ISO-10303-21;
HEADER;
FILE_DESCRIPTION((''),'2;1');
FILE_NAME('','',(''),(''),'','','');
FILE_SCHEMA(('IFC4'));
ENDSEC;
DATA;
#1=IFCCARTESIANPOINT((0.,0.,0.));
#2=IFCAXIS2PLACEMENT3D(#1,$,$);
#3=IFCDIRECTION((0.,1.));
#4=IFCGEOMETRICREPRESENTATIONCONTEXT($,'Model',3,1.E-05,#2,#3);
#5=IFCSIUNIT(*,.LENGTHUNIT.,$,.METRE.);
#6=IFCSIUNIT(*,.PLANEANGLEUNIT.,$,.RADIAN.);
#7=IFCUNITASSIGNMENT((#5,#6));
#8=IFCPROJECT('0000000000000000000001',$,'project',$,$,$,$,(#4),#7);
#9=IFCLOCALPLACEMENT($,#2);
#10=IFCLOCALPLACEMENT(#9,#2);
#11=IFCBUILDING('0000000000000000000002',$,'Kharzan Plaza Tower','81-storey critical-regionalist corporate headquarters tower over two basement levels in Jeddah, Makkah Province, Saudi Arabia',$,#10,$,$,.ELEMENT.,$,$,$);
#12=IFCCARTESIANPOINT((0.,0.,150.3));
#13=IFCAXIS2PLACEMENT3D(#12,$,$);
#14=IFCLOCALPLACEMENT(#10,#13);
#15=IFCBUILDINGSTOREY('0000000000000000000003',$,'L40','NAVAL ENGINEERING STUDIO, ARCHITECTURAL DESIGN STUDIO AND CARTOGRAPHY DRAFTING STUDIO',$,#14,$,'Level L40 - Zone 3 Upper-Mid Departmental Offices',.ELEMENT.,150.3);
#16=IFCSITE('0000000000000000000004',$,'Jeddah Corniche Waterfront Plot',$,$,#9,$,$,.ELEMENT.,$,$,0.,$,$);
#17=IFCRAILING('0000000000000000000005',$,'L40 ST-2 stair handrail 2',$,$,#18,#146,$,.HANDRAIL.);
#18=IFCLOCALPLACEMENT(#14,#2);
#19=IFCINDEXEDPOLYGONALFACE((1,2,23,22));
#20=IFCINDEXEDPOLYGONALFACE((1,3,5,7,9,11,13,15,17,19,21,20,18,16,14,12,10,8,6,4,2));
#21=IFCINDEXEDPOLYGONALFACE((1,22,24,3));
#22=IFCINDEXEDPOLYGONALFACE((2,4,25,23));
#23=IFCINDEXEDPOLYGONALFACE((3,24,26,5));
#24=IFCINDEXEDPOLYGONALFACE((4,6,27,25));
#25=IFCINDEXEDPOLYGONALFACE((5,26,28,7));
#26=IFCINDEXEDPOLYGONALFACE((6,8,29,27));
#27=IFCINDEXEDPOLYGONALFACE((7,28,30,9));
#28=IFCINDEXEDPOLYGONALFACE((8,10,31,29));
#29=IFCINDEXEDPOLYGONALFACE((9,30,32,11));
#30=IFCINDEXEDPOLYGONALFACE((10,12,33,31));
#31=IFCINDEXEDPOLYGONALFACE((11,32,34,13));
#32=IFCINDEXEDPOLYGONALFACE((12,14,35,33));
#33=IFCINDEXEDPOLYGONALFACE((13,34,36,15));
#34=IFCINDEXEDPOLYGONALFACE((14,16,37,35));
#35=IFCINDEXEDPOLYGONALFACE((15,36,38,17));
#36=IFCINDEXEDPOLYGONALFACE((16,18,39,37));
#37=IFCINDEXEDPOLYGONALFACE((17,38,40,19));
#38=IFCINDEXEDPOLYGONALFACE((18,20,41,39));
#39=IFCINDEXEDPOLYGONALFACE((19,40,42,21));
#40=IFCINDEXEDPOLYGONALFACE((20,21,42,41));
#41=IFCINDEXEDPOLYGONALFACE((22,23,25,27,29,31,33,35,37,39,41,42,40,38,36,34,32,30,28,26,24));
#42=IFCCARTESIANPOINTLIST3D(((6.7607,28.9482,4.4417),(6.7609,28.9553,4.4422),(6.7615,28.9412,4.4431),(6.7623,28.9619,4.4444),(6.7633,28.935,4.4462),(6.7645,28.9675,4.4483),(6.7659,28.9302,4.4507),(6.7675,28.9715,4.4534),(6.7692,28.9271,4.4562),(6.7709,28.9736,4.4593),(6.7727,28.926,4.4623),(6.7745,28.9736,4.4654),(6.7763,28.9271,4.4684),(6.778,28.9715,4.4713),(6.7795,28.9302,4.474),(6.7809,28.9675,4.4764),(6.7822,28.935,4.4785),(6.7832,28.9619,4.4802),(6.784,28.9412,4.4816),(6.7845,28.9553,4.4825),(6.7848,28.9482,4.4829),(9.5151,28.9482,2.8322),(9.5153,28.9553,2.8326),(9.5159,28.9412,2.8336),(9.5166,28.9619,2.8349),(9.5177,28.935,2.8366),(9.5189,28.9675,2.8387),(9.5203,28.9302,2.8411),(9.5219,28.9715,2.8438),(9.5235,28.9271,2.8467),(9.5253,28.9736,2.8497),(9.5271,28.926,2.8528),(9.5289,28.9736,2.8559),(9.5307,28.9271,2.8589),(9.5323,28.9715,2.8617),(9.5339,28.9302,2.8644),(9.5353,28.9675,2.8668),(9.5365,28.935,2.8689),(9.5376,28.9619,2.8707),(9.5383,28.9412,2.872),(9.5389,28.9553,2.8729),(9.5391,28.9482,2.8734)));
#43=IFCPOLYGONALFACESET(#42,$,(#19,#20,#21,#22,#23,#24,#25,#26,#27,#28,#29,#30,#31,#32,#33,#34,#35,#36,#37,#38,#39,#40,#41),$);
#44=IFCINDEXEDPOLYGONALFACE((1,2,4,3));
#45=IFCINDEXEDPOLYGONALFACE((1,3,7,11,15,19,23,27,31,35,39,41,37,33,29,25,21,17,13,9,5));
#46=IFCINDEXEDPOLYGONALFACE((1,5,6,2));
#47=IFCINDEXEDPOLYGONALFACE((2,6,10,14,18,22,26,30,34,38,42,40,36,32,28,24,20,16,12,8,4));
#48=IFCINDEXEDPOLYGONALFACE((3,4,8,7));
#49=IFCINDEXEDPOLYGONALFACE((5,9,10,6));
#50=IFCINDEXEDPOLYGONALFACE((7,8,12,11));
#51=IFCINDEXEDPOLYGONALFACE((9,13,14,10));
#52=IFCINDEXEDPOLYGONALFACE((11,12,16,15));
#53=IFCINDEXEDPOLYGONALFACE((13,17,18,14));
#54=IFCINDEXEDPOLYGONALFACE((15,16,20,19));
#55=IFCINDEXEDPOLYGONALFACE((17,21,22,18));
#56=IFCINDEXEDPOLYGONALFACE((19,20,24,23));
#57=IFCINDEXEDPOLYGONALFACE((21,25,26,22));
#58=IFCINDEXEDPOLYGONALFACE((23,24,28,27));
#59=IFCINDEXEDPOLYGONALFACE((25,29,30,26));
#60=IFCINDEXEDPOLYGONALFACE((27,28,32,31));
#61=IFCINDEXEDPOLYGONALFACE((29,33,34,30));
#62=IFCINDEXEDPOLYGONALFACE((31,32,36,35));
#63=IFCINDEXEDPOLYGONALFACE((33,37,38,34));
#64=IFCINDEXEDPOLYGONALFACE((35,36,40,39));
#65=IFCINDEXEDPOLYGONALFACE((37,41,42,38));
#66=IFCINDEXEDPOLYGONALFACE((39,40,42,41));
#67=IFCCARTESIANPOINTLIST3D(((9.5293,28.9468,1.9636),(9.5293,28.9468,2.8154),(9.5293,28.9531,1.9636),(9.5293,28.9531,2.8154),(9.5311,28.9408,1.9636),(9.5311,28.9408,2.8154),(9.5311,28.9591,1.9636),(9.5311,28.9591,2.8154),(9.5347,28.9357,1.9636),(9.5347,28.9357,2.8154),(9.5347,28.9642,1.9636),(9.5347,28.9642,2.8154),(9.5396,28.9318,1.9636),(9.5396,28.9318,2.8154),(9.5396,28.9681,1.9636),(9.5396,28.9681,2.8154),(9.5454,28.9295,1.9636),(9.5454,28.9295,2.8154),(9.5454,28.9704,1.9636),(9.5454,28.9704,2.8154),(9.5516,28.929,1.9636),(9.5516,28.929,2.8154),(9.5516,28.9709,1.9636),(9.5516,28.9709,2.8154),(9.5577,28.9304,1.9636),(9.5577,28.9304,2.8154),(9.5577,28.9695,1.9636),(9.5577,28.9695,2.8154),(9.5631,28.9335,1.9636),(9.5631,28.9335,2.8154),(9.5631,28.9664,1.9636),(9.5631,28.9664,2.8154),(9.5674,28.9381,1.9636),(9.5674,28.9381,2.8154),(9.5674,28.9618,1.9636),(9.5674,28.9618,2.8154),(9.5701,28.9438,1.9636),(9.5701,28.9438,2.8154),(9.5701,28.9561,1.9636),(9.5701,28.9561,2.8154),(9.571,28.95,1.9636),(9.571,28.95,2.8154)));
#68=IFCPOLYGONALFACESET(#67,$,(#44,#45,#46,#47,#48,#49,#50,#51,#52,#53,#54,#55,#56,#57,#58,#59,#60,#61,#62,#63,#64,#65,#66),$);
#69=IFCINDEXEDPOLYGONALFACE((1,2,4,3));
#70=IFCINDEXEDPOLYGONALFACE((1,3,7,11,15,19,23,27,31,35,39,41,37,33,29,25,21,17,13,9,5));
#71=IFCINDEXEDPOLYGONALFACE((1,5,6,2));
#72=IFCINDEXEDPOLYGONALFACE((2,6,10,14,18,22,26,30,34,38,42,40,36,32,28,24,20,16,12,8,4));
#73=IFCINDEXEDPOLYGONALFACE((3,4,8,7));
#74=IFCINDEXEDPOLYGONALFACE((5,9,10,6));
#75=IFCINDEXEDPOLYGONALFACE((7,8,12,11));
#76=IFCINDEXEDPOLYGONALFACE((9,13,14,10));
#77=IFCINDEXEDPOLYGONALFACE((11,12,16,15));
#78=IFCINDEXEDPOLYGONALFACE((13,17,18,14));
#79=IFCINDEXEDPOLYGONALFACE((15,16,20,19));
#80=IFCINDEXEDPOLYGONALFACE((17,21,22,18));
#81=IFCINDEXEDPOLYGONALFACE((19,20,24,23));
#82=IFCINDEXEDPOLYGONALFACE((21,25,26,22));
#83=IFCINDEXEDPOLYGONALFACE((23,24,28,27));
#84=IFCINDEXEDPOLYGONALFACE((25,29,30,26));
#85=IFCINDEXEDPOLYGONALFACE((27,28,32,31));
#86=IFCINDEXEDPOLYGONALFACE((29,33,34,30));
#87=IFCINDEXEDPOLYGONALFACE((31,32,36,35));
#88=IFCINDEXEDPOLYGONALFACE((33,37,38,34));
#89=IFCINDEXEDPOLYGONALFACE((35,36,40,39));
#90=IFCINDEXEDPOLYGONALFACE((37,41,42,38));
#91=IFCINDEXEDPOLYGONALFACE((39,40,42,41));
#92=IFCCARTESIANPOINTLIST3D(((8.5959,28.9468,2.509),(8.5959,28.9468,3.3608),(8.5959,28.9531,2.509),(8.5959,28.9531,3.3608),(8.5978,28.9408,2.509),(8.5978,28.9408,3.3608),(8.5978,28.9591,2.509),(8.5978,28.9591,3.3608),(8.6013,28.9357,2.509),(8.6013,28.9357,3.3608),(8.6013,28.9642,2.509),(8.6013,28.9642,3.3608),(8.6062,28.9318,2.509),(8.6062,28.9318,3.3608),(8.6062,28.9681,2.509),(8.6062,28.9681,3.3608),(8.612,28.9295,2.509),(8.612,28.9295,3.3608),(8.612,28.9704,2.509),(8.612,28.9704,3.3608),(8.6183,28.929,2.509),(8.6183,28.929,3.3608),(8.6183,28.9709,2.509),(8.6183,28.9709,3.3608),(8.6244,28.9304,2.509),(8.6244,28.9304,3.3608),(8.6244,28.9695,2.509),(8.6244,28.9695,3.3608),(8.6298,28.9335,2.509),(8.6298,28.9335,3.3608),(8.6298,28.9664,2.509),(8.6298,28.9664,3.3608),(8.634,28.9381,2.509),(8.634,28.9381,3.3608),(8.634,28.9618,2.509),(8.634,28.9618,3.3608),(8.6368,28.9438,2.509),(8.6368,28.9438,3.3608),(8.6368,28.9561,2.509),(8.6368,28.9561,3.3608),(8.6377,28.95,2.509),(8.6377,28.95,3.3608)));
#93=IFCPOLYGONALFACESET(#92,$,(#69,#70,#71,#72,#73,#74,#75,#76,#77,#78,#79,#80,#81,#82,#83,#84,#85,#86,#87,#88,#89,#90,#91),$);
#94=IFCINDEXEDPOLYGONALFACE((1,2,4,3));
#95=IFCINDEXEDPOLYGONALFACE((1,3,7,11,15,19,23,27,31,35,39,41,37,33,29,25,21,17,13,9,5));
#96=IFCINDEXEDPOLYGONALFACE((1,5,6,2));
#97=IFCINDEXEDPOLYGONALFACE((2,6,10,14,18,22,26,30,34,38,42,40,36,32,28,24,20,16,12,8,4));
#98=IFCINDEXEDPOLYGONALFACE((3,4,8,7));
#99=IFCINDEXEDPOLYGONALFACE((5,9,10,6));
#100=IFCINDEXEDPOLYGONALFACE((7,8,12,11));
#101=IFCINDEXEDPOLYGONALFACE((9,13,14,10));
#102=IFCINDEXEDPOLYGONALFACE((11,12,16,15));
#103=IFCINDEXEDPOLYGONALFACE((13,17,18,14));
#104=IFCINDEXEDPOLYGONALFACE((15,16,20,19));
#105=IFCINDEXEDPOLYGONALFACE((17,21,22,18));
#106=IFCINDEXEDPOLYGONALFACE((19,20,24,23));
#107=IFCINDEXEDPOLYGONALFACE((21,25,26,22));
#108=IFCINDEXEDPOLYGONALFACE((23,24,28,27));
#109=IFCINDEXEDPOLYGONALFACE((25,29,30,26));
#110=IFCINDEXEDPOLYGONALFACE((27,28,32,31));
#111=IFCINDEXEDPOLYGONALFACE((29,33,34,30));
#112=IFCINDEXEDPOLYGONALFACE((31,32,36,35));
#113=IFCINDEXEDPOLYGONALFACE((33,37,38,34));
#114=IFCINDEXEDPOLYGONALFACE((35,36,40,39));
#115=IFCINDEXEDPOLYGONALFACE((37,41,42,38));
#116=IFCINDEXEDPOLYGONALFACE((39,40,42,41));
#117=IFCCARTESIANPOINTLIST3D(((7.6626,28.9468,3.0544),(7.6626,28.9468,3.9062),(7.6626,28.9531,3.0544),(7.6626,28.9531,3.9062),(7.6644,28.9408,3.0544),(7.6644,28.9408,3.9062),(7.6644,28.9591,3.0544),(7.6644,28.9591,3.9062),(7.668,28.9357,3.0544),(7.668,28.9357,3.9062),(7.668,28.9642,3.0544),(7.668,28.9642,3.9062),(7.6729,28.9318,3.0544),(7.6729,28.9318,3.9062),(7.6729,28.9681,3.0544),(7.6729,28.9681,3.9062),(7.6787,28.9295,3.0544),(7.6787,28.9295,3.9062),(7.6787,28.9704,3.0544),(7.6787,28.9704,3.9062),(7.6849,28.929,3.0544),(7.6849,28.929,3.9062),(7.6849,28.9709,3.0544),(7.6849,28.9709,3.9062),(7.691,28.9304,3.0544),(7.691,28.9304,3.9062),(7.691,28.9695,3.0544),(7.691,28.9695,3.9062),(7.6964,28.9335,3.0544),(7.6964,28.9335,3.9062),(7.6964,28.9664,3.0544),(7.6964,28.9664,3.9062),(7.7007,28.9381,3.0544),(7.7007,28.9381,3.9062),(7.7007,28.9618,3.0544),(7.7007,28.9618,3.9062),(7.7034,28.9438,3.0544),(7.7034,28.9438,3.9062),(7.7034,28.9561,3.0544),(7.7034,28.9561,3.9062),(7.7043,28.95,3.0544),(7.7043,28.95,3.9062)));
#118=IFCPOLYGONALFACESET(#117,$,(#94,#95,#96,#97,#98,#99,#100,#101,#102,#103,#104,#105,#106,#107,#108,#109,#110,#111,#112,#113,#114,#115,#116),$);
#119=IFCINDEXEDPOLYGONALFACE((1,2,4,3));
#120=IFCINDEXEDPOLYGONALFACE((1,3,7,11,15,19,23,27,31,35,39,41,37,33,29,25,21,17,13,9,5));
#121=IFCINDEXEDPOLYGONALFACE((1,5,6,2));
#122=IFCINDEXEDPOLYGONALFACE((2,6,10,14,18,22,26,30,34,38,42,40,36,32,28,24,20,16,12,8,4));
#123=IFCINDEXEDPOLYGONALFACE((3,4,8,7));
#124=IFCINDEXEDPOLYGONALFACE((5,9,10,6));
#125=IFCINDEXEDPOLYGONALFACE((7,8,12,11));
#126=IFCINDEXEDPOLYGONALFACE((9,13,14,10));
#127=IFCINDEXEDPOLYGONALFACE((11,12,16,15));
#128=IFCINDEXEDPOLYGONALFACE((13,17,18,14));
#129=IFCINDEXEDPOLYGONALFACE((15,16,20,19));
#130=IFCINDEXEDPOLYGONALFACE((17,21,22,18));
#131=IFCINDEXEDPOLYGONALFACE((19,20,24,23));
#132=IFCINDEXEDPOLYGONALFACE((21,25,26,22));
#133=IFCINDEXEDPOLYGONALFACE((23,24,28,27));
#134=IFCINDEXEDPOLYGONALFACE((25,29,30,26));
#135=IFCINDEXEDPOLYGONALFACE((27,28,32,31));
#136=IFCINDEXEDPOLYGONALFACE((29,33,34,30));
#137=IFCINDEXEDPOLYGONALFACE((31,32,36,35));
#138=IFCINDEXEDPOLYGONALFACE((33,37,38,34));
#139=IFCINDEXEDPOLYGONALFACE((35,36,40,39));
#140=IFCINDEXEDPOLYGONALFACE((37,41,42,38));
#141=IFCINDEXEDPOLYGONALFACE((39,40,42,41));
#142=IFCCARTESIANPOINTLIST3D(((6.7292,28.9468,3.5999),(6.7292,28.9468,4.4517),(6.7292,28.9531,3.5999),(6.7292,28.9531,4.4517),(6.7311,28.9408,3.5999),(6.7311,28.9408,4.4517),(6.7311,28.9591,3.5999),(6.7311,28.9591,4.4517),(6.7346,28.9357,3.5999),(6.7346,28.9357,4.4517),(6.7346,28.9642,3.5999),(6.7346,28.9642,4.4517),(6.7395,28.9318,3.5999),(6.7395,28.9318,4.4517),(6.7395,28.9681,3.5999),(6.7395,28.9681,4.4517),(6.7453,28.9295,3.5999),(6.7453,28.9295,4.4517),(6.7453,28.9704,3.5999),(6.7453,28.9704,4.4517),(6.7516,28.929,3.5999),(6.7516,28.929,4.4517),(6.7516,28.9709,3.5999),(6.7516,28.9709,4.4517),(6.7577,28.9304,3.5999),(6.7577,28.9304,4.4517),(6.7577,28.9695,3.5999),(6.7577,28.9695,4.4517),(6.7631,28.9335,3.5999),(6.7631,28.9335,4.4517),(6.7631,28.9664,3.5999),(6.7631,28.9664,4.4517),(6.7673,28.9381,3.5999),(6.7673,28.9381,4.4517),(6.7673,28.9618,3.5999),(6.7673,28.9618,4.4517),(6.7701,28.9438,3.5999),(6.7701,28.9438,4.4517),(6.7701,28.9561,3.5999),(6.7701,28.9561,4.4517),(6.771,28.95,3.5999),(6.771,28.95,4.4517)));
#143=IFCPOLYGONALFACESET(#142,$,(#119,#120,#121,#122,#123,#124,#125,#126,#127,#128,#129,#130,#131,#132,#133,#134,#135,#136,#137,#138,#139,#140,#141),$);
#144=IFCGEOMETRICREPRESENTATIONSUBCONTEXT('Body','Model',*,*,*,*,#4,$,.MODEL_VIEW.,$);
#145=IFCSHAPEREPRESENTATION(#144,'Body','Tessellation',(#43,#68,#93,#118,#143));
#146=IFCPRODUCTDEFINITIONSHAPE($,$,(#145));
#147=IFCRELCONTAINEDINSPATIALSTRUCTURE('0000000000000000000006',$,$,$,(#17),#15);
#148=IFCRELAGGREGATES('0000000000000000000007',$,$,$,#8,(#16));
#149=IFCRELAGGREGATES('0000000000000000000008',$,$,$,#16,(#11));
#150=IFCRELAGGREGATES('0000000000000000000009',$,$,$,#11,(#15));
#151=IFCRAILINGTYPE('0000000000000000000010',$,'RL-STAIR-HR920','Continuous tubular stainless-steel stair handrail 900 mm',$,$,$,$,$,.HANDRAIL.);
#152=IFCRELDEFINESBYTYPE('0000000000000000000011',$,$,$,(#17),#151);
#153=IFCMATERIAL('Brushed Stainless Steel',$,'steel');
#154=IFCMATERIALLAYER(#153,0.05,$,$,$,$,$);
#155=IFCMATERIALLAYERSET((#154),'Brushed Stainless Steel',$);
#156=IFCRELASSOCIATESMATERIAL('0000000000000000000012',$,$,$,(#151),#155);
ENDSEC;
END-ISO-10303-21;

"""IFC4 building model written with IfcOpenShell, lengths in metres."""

from ifc_helpers import new_model, si_unit, direction, frame, origin, origin_2d, place, context, subcontext, project, spatial, circle, extrude, source, transform, mapped, material, layer, layer_set, type_object, element, save


model = new_model("IFC4")

# Units and contexts
model_context = context("Model", 3, precision=1e-05, world=origin(), true_north=direction((0.0, 1.0)))
body_context = subcontext(model_context, "Body", "Model", "MODEL_VIEW")
ifc_project = project(units=[si_unit("LENGTHUNIT", "METRE"), si_unit("PLANEANGLEUNIT", "RADIAN")], contexts=[model_context])

# Site, building, storey
site_placement = place(None, origin())
site = spatial("IfcSite", under=ifc_project, at=site_placement, Name="Jeddah Corniche Waterfront Plot", CompositionType="ELEMENT", RefElevation=0.0)
building_placement = place(site_placement, origin())
building = spatial("IfcBuilding", under=site, at=building_placement, Name="Kharzan Plaza Tower", Description="81-storey critical-regionalist corporate headquarters tower over two basement levels in Jeddah, Makkah Province, Saudi Arabia", CompositionType="ELEMENT")
storey_placement = place(building_placement, frame((0.0, 0.0, 150.3)))
storey = spatial("IfcBuildingStorey", under=building, at=storey_placement, Name="L40", Description="NAVAL ENGINEERING STUDIO, ARCHITECTURAL DESIGN STUDIO AND CARTOGRAPHY DRAFTING STUDIO", LongName="Level L40 - Zone 3 Upper-Mid Departmental Offices", CompositionType="ELEMENT", Elevation=150.3)

# Shared definitions
ifc_material_1 = material(Name="Brushed Stainless Steel", Category="steel")

# Railing
ifc_layer_1 = layer(ifc_material_1, 0.05)
ifc_layer_set_1 = layer_set([ifc_layer_1], Name="Brushed Stainless Steel")
railing_type_1 = type_object("IfcRailingType", Name="RL-STAIR-HR920", Description="Continuous tubular stainless-steel stair handrail 900 mm", PredefinedType="HANDRAIL", material=ifc_layer_set_1)
shared_shape_1 = source(origin(), body_context, "Body", "SweptSolid", [
    extrude(circle(Radius=0.0239, at=origin_2d()), frame((-0.0229, 0.0, 0.8892), z_axis=(-0.863394, 0.0, 0.504531), x_axis=(0.0, -1.0, 0.0)), (0.0, 0.0, 1.0), 3.1902),
    extrude(circle(Radius=0.021, at=origin_2d()), origin(), (0.0, 0.0, 1.0), 0.8518),
    extrude(circle(Radius=0.021, at=origin_2d()), frame((-0.9333, 0.0, 0.5454)), (0.0, 0.0, 1.0), 0.8518),
    extrude(circle(Radius=0.021, at=origin_2d()), frame((-1.8667, 0.0, 1.0908)), (0.0, 0.0, 1.0), 0.8518),
    extrude(circle(Radius=0.021, at=origin_2d()), frame((-2.8, 0.0, 1.6362)), (0.0, 0.0, 1.0), 0.8518),
])
railing_1_placement = place(storey_placement, frame((9.55, 28.95, 1.9636)))
element("IfcRailing", 1, at=railing_1_placement, inside=storey, type_object=railing_type_1, Name="L40 ST-2 stair handrail 2", PredefinedType="HANDRAIL", context=body_context, shape_type="MappedRepresentation", body=[
    mapped(shared_shape_1, transform((0.0, 0.0, 0.0), x_axis=(1.0, 0.0, 0.0), y_axis=(0.0, 1.0, 0.0), z_axis=(0.0, 0.0, 1.0))),
])

save(model, "model.ifc")
